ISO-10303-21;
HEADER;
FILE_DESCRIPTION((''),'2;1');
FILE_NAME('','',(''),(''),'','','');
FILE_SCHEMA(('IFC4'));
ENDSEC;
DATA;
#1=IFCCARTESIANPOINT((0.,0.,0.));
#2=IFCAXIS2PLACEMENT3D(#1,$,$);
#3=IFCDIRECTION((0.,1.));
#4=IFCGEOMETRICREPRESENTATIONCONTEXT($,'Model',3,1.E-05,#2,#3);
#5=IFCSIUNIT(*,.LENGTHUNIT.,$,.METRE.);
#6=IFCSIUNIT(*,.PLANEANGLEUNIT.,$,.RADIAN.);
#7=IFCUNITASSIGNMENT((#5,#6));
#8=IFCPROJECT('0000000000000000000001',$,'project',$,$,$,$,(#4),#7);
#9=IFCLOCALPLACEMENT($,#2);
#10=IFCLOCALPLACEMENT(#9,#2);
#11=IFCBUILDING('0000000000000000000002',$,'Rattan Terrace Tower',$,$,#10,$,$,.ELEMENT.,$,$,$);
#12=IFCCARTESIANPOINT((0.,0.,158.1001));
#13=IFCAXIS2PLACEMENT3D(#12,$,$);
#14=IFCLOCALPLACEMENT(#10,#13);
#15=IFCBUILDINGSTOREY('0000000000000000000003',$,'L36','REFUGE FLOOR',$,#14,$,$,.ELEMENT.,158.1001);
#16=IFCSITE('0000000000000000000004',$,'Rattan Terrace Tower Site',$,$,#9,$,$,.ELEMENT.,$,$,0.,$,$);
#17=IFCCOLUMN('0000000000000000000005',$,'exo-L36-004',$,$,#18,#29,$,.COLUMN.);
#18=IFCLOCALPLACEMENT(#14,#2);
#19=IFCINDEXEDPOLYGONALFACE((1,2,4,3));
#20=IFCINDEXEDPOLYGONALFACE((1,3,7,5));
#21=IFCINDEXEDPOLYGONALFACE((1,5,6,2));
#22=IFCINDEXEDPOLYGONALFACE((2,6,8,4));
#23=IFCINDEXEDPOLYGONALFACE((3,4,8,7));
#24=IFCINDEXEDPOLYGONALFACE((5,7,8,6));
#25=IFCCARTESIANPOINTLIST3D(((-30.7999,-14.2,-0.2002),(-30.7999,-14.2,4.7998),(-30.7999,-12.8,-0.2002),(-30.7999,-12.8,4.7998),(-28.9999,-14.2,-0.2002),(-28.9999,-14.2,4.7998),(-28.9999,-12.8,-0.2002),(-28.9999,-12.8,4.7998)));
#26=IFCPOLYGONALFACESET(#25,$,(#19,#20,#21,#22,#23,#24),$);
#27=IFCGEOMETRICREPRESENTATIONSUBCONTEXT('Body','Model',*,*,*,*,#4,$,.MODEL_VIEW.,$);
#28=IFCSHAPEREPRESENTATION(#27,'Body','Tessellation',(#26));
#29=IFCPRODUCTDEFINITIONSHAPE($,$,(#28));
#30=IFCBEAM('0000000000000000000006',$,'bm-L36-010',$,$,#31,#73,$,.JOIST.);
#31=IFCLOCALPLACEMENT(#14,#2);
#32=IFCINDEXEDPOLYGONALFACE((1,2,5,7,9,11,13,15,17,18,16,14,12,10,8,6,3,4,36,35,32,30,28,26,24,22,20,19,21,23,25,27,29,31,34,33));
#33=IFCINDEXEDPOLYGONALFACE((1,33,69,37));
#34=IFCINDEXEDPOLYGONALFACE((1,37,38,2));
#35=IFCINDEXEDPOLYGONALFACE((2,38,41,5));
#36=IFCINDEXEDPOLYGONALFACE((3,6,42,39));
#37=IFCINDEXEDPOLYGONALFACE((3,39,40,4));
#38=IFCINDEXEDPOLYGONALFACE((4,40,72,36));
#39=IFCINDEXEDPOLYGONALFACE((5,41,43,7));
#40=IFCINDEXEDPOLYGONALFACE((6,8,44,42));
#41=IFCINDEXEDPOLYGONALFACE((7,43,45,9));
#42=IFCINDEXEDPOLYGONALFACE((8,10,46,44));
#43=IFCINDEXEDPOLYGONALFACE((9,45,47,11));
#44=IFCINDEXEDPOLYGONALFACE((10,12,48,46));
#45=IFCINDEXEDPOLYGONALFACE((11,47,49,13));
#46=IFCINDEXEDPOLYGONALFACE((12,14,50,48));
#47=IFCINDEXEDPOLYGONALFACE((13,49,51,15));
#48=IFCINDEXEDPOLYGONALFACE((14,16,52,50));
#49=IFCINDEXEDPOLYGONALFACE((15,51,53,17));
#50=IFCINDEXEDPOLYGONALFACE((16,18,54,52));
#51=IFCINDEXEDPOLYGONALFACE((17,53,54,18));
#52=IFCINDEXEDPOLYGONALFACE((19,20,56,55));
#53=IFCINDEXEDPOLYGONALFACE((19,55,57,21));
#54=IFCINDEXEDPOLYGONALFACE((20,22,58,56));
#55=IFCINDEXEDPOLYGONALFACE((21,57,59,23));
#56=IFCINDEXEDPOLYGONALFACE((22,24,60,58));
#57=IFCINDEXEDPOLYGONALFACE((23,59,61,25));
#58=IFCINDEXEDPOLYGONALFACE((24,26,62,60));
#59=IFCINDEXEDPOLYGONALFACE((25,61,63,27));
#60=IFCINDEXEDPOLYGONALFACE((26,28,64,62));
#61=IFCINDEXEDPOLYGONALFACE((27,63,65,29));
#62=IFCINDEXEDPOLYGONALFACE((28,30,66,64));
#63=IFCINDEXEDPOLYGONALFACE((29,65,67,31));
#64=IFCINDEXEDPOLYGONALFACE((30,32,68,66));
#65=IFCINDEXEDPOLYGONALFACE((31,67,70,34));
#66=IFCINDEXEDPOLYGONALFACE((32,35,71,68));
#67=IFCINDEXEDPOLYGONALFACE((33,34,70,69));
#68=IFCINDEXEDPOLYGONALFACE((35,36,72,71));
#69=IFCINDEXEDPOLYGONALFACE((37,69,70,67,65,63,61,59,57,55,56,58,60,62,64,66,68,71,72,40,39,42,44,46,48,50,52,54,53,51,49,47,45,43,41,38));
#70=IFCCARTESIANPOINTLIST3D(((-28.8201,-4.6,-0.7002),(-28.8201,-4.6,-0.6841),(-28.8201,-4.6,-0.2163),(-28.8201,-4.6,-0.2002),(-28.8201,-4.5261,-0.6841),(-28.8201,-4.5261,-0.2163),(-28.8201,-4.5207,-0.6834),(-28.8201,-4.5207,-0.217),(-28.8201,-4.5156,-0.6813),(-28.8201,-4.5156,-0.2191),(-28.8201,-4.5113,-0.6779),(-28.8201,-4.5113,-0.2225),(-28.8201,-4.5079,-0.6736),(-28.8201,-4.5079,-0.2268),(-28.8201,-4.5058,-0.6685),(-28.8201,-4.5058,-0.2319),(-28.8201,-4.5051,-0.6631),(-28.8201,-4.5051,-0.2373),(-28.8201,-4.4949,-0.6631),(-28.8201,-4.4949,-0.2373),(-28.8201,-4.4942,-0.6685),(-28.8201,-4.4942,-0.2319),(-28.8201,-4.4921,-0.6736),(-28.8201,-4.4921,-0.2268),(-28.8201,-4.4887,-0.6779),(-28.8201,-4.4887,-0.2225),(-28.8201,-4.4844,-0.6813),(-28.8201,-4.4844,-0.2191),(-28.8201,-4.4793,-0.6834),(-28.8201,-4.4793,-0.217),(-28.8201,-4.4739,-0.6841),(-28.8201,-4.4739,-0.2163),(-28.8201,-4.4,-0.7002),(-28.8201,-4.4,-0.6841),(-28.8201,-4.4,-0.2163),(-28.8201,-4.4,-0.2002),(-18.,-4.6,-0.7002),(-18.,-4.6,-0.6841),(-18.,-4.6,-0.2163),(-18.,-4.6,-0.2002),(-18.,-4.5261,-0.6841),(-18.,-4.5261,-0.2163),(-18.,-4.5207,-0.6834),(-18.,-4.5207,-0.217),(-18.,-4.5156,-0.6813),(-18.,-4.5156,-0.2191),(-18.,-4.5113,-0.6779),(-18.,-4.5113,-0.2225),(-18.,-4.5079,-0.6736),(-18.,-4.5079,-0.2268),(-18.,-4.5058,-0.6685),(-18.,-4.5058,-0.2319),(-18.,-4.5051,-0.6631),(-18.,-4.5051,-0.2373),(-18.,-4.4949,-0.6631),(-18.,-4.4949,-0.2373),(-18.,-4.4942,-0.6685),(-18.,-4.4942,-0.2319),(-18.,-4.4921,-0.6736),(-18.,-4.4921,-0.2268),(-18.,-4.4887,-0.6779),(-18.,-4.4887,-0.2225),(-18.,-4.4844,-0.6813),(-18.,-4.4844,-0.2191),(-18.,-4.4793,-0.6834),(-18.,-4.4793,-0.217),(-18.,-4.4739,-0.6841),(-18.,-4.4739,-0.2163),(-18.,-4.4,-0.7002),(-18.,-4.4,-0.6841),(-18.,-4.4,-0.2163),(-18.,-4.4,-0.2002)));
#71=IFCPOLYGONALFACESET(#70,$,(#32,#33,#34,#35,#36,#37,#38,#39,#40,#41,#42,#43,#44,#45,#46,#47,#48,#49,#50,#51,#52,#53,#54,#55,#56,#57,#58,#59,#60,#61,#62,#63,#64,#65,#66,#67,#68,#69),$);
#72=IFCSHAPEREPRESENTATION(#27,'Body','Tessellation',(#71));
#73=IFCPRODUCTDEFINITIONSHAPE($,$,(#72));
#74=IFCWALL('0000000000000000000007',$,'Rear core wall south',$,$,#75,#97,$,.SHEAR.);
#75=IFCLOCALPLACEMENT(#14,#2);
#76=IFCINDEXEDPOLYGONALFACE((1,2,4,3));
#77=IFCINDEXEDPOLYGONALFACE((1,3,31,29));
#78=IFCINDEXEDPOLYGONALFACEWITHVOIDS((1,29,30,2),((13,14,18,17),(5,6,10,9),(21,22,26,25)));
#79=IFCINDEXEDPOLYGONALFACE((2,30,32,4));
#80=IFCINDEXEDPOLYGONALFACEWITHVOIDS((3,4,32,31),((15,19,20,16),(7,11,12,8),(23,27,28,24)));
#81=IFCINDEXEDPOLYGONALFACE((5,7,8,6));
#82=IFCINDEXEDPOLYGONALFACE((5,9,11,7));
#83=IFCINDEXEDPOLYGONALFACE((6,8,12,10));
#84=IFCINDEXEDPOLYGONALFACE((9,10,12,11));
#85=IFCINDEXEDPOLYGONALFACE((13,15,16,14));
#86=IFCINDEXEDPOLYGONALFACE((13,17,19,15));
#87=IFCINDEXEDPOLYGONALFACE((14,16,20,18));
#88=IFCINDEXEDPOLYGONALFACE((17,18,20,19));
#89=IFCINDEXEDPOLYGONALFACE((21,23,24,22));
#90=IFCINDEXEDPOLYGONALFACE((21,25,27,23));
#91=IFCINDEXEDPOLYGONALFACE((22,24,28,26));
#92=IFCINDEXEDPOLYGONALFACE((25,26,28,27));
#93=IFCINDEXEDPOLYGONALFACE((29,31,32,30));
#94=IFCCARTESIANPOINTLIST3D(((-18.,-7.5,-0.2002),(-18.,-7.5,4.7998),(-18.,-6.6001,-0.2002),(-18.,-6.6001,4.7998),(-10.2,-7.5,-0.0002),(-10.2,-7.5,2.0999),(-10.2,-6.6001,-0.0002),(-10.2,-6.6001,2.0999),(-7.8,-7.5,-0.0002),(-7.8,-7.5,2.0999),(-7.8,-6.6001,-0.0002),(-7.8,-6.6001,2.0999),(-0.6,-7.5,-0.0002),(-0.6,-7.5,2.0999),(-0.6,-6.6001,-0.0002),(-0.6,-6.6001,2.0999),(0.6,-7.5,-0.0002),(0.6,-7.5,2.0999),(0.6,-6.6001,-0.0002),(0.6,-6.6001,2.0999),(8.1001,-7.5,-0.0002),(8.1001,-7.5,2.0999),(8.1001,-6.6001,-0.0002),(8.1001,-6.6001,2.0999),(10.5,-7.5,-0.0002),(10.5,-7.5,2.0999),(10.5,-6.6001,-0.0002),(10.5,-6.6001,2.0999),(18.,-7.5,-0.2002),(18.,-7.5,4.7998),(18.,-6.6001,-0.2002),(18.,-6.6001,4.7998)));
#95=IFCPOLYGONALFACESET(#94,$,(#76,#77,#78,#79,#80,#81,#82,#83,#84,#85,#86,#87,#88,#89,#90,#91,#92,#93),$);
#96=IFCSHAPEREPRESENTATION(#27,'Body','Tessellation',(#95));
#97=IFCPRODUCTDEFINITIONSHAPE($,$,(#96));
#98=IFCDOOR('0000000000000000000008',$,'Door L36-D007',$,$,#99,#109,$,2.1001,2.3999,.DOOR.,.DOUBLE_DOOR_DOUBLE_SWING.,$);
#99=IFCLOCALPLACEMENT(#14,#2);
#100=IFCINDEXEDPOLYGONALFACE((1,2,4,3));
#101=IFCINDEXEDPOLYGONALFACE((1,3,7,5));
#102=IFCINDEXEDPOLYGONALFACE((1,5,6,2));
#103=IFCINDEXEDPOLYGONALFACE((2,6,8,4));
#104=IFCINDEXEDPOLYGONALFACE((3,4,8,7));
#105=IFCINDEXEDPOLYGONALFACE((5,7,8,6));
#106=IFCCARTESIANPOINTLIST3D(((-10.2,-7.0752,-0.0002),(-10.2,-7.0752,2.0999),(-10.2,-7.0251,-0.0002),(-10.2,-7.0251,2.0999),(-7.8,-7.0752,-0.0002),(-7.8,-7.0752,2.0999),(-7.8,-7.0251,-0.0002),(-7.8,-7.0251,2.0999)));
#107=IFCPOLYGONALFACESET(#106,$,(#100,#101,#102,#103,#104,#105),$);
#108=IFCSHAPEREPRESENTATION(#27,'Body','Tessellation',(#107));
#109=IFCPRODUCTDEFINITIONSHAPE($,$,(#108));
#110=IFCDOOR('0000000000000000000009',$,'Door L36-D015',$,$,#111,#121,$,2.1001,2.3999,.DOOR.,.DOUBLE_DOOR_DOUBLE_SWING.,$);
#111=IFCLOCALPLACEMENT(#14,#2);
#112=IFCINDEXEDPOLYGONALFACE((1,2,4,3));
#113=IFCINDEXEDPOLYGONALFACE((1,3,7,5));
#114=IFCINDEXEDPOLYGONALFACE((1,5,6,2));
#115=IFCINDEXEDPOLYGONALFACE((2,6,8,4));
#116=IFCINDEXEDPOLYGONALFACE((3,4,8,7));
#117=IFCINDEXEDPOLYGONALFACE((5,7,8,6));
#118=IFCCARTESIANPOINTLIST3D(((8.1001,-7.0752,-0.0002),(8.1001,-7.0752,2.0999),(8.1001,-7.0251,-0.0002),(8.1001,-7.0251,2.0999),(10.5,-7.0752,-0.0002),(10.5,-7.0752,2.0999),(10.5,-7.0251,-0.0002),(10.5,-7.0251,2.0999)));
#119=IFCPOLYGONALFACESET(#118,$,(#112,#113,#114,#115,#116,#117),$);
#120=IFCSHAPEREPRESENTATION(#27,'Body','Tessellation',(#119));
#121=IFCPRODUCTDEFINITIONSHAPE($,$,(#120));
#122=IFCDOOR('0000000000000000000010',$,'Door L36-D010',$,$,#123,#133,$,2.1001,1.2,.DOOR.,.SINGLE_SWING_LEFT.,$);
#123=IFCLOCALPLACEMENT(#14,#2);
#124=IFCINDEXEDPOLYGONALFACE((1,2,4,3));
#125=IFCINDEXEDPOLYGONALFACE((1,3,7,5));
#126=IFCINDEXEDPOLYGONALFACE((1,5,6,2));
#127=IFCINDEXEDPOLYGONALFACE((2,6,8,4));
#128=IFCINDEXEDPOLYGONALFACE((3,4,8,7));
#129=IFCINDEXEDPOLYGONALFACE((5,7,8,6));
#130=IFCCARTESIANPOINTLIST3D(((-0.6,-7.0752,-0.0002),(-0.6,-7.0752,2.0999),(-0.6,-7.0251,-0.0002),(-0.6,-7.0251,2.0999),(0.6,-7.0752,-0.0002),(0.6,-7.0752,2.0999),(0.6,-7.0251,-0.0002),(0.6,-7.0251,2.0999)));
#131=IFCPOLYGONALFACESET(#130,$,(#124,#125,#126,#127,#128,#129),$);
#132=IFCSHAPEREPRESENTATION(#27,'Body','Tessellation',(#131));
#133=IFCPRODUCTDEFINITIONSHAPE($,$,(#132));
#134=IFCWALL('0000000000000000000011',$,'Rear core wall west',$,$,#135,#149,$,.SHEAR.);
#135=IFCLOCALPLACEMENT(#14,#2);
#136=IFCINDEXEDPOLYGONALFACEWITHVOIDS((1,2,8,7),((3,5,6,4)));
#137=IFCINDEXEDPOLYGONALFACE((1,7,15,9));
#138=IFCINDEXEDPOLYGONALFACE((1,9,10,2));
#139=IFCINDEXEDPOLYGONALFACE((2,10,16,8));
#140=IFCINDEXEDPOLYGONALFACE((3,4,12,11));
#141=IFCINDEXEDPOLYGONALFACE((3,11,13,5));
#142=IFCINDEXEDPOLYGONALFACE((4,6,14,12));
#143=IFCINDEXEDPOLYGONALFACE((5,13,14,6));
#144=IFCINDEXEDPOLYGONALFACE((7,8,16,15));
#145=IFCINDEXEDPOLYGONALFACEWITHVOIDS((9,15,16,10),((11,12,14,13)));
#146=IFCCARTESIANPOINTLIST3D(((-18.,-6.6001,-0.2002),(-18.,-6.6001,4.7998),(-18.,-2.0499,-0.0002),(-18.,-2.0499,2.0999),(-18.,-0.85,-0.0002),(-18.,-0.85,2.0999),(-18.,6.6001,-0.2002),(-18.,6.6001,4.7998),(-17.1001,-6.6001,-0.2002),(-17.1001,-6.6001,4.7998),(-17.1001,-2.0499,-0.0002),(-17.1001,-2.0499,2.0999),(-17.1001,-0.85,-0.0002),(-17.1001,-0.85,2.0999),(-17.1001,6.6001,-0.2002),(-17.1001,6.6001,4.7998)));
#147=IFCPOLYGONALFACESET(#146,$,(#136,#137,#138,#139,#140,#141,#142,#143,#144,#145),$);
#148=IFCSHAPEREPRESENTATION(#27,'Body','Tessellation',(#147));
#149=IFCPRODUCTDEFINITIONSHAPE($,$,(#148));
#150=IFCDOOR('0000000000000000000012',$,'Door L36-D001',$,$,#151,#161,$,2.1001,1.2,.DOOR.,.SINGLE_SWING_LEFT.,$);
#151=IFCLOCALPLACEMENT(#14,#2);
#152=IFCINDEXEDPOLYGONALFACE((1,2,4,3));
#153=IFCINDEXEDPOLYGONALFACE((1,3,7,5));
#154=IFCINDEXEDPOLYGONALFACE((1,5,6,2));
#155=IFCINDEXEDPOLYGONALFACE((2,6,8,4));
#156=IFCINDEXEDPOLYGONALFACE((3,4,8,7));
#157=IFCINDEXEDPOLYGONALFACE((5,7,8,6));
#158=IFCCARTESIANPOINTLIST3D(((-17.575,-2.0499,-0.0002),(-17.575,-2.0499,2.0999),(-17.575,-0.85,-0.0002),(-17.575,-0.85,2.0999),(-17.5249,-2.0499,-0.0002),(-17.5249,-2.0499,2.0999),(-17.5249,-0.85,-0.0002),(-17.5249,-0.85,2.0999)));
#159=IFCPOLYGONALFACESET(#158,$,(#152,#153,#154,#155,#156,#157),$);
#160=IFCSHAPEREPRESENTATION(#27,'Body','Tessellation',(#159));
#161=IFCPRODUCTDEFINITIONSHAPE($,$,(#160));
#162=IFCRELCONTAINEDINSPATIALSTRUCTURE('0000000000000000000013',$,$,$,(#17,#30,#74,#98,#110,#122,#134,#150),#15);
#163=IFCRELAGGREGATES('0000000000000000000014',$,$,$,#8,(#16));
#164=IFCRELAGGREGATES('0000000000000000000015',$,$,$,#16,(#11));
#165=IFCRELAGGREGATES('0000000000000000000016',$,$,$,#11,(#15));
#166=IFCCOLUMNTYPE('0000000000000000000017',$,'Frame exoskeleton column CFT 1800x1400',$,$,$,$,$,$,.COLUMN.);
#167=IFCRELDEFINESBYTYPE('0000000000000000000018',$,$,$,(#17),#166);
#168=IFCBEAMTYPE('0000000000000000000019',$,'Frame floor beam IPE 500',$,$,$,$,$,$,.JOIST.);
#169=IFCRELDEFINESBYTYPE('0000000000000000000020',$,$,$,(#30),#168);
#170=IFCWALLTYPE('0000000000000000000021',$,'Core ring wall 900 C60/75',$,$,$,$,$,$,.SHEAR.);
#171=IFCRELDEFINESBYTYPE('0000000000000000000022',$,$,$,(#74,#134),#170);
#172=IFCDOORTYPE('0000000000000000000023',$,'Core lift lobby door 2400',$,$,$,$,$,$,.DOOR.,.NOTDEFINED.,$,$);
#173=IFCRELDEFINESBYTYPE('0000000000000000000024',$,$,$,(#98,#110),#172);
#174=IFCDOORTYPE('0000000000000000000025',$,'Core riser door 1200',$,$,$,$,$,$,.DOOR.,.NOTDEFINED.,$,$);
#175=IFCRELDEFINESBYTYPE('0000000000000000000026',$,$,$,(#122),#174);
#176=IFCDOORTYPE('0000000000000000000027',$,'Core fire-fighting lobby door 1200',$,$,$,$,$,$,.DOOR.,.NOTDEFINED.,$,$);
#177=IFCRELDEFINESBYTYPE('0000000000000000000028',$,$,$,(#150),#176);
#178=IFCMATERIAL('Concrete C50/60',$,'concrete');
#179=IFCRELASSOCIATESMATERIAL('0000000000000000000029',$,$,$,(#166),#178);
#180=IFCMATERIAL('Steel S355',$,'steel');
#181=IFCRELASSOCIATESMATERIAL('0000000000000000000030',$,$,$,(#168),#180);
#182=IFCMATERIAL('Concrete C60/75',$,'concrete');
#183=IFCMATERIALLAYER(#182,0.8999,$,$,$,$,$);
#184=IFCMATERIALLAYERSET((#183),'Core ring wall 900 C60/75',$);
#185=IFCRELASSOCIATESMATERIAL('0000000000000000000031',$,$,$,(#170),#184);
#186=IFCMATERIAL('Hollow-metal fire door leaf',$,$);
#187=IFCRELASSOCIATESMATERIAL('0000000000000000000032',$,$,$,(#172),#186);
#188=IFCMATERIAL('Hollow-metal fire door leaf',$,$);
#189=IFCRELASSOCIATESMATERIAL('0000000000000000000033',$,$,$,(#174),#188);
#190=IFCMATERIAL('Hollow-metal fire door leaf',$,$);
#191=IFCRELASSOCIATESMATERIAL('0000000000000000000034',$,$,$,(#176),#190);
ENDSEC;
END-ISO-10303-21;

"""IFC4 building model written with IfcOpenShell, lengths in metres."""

from ifc_helpers import new_model, si_unit, direction, frame, frame_2d, origin, origin_2d, place, context, subcontext, project, spatial, rectangle, i_section, extrude, material, layer, layer_set, material_profile, profile_set, type_object, element, fill, save


model = new_model("IFC4")

# Units and contexts
model_context = context("Model", 3, precision=1e-05, world=origin(), true_north=direction((0.0, 1.0)))
body_context = subcontext(model_context, "Body", "Model", "MODEL_VIEW")
ifc_project = project(units=[si_unit("LENGTHUNIT", "METRE"), si_unit("PLANEANGLEUNIT", "RADIAN")], contexts=[model_context])

# Site, building, storey
site_placement = place(None, origin())
site = spatial("IfcSite", under=ifc_project, at=site_placement, Name="Rattan Terrace Tower Site", CompositionType="ELEMENT", RefElevation=0.0)
building_placement = place(site_placement, origin())
building = spatial("IfcBuilding", under=site, at=building_placement, Name="Rattan Terrace Tower", CompositionType="ELEMENT")
storey_placement = place(building_placement, frame((0.0, 0.0, 158.1001)))
storey = spatial("IfcBuildingStorey", under=building, at=storey_placement, Name="L36", Description="REFUGE FLOOR", CompositionType="ELEMENT", Elevation=158.1001)

# Column
ifc_material_1 = material(Name="Concrete C50/60", Category="concrete")
ifc_material_profile_1 = material_profile(ifc_material_1, rectangle(XDim=1.3999, YDim=1.8, at=origin_2d()), Name="CFT 1800x1400")
ifc_profile_set_1 = profile_set([ifc_material_profile_1], Name="Concrete C50/60")
column_type = type_object("IfcColumnType", Name="Frame exoskeleton column CFT 1800x1400", PredefinedType="COLUMN", material=ifc_profile_set_1)
column_placement = place(storey_placement, frame((-29.8999, -13.5, -0.2002), z_axis=(0.0, 0.0, 1.0), x_axis=(0.0, 1.0, 0.0)))
element("IfcColumn", 1, at=column_placement, inside=storey, type_object=column_type, Name="exo-L36-004", PredefinedType="COLUMN", context=body_context, shape_type="SweptSolid", body=[
    extrude(rectangle(XDim=1.3999, YDim=1.8, at=origin_2d()), origin(), (0.0, 0.0, 1.0), 5.0),
])

# Beam
ifc_material_2 = material(Name="Steel S355", Category="steel")
ifc_material_profile_2 = material_profile(ifc_material_2, i_section(OverallWidth=0.2, OverallDepth=0.5, WebThickness=0.0103, FlangeThickness=0.0161, FilletRadius=0.021, at=origin_2d()), Name="IPE 500")
ifc_profile_set_2 = profile_set([ifc_material_profile_2], Name="Steel S355")
beam_type = type_object("IfcBeamType", Name="Frame floor beam IPE 500", PredefinedType="JOIST", material=ifc_profile_set_2)
beam_placement = place(storey_placement, frame((-28.8201, -4.5, -0.4502), z_axis=(1.0, 0.0, 0.0), x_axis=(0.0, 1.0, 0.0)))
element("IfcBeam", 2, at=beam_placement, inside=storey, type_object=beam_type, Name="bm-L36-010", PredefinedType="JOIST", context=body_context, shape_type="SweptSolid", body=[
    extrude(i_section(OverallWidth=0.2, OverallDepth=0.5, WebThickness=0.0103, FlangeThickness=0.0161, FilletRadius=0.021, at=origin_2d()), origin(), (0.0, 0.0, 1.0), 10.8201),
])

# Wall, openings, doors
ifc_material_3 = material(Name="Concrete C60/75", Category="concrete")
ifc_layer_1 = layer(ifc_material_3, 0.8999)
ifc_layer_set_1 = layer_set([ifc_layer_1], Name="Core ring wall 900 C60/75")
wall_type_1 = type_object("IfcWallType", Name="Core ring wall 900 C60/75", PredefinedType="SHEAR", material=ifc_layer_set_1)
wall_1_placement = place(storey_placement, frame((-18.0, -7.05, -0.2002), z_axis=(0.0, 0.0, 1.0), x_axis=(1.0, 0.0, 0.0)))
wall_1 = element("IfcWall", 3, at=wall_1_placement, inside=storey, type_object=wall_type_1, Name="Rear core wall south", PredefinedType="SHEAR", context=body_context, shape_type="SweptSolid", body=[
    extrude(rectangle(XDim=36.0, YDim=0.8999, at=frame_2d((18.0, 0.0))), origin(), (0.0, 0.0, 1.0), 5.0),
])
opening_1_placement = place(wall_1_placement, frame((7.8, 0.0, 0.2)))
opening_1 = element("IfcOpeningElement", 4, at=opening_1_placement, cuts=wall_1, PredefinedType="OPENING", context=body_context, shape_type="SweptSolid", body=[
    extrude(rectangle(XDim=2.3999, YDim=2.1001, at=frame_2d((1.2, 1.05))), frame((0.0, 0.4604, 0.0), z_axis=(0.0, -1.0, 0.0), x_axis=(1.0, 0.0, 0.0)), (0.0, 0.0, 1.0), 0.9209),
])
opening_2_placement = place(wall_1_placement, frame((17.3999, 0.0, 0.2)))
opening_2 = element("IfcOpeningElement", 5, at=opening_2_placement, cuts=wall_1, PredefinedType="OPENING", context=body_context, shape_type="SweptSolid", body=[
    extrude(rectangle(XDim=1.2, YDim=2.1001, at=frame_2d((0.6001, 1.05))), frame((0.0, 0.4604, 0.0), z_axis=(0.0, -1.0, 0.0), x_axis=(1.0, 0.0, 0.0)), (0.0, 0.0, 1.0), 0.9209),
])
opening_3_placement = place(wall_1_placement, frame((26.1001, 0.0, 0.2)))
opening_3 = element("IfcOpeningElement", 6, at=opening_3_placement, cuts=wall_1, PredefinedType="OPENING", context=body_context, shape_type="SweptSolid", body=[
    extrude(rectangle(XDim=2.3999, YDim=2.1001, at=frame_2d((1.2, 1.05))), frame((0.0, 0.4604, 0.0), z_axis=(0.0, -1.0, 0.0), x_axis=(1.0, 0.0, 0.0)), (0.0, 0.0, 1.0), 0.9209),
])
ifc_material_4 = material(Name="Hollow-metal fire door leaf")
door_type_1 = type_object("IfcDoorType", Name="Core lift lobby door 2400", OperationType="NOTDEFINED", PredefinedType="DOOR", material=ifc_material_4)
door_1_placement = place(opening_1_placement, origin())
door_1 = element("IfcDoor", 7, at=door_1_placement, inside=storey, type_object=door_type_1, Name="Door L36-D007", OperationType="DOUBLE_DOOR_DOUBLE_SWING", OverallHeight=2.1001, OverallWidth=2.3999, PredefinedType="DOOR", context=body_context, shape_type="SweptSolid", body=[
    extrude(rectangle(XDim=2.3999, YDim=2.1001, at=frame_2d((1.2, 1.05))), frame((0.0, 0.0249, 0.0), z_axis=(0.0, -1.0, 0.0), x_axis=(1.0, 0.0, 0.0)), (0.0, 0.0, 1.0), 0.05),
])
fill(opening_1, door_1)
door_2_placement = place(opening_3_placement, origin())
door_2 = element("IfcDoor", 8, at=door_2_placement, inside=storey, type_object=door_type_1, Name="Door L36-D015", OperationType="DOUBLE_DOOR_DOUBLE_SWING", OverallHeight=2.1001, OverallWidth=2.3999, PredefinedType="DOOR", context=body_context, shape_type="SweptSolid", body=[
    extrude(rectangle(XDim=2.3999, YDim=2.1001, at=frame_2d((1.2, 1.05))), frame((0.0, 0.0249, 0.0), z_axis=(0.0, -1.0, 0.0), x_axis=(1.0, 0.0, 0.0)), (0.0, 0.0, 1.0), 0.05),
])
fill(opening_3, door_2)
ifc_material_5 = material(Name="Hollow-metal fire door leaf")
door_type_2 = type_object("IfcDoorType", Name="Core riser door 1200", OperationType="NOTDEFINED", PredefinedType="DOOR", material=ifc_material_5)
door_3_placement = place(opening_2_placement, origin())
door_3 = element("IfcDoor", 9, at=door_3_placement, inside=storey, type_object=door_type_2, Name="Door L36-D010", OperationType="SINGLE_SWING_LEFT", OverallHeight=2.1001, OverallWidth=1.2, PredefinedType="DOOR", context=body_context, shape_type="SweptSolid", body=[
    extrude(rectangle(XDim=1.2, YDim=2.1001, at=frame_2d((0.6001, 1.05))), frame((0.0, 0.0249, 0.0), z_axis=(0.0, -1.0, 0.0), x_axis=(1.0, 0.0, 0.0)), (0.0, 0.0, 1.0), 0.05),
])
fill(opening_2, door_3)

# Wall, opening, door
wall_2_placement = place(storey_placement, frame((-17.55, -6.6001, -0.2002), z_axis=(0.0, 0.0, 1.0), x_axis=(0.0, 1.0, 0.0)))
wall_2 = element("IfcWall", 10, at=wall_2_placement, inside=storey, type_object=wall_type_1, Name="Rear core wall west", PredefinedType="SHEAR", context=body_context, shape_type="SweptSolid", body=[
    extrude(rectangle(XDim=13.2002, YDim=0.8999, at=frame_2d((6.6001, 0.0))), origin(), (0.0, 0.0, 1.0), 5.0),
])
opening_4_placement = place(wall_2_placement, frame((4.55, 0.0, 0.2)))
opening_4 = element("IfcOpeningElement", 11, at=opening_4_placement, cuts=wall_2, PredefinedType="OPENING", context=body_context, shape_type="SweptSolid", body=[
    extrude(rectangle(XDim=1.2, YDim=2.1001, at=frame_2d((0.6001, 1.05))), frame((0.0, 0.4604, 0.0), z_axis=(0.0, -1.0, 0.0), x_axis=(1.0, 0.0, 0.0)), (0.0, 0.0, 1.0), 0.9209),
])
ifc_material_6 = material(Name="Hollow-metal fire door leaf")
door_type_3 = type_object("IfcDoorType", Name="Core fire-fighting lobby door 1200", OperationType="NOTDEFINED", PredefinedType="DOOR", material=ifc_material_6)
door_4_placement = place(opening_4_placement, origin())
door_4 = element("IfcDoor", 12, at=door_4_placement, inside=storey, type_object=door_type_3, Name="Door L36-D001", OperationType="SINGLE_SWING_LEFT", OverallHeight=2.1001, OverallWidth=1.2, PredefinedType="DOOR", context=body_context, shape_type="SweptSolid", body=[
    extrude(rectangle(XDim=1.2, YDim=2.1001, at=frame_2d((0.6001, 1.05))), frame((0.0, 0.0249, 0.0), z_axis=(0.0, -1.0, 0.0), x_axis=(1.0, 0.0, 0.0)), (0.0, 0.0, 1.0), 0.05),
])
fill(opening_4, door_4)

save(model, "model.ifc")
